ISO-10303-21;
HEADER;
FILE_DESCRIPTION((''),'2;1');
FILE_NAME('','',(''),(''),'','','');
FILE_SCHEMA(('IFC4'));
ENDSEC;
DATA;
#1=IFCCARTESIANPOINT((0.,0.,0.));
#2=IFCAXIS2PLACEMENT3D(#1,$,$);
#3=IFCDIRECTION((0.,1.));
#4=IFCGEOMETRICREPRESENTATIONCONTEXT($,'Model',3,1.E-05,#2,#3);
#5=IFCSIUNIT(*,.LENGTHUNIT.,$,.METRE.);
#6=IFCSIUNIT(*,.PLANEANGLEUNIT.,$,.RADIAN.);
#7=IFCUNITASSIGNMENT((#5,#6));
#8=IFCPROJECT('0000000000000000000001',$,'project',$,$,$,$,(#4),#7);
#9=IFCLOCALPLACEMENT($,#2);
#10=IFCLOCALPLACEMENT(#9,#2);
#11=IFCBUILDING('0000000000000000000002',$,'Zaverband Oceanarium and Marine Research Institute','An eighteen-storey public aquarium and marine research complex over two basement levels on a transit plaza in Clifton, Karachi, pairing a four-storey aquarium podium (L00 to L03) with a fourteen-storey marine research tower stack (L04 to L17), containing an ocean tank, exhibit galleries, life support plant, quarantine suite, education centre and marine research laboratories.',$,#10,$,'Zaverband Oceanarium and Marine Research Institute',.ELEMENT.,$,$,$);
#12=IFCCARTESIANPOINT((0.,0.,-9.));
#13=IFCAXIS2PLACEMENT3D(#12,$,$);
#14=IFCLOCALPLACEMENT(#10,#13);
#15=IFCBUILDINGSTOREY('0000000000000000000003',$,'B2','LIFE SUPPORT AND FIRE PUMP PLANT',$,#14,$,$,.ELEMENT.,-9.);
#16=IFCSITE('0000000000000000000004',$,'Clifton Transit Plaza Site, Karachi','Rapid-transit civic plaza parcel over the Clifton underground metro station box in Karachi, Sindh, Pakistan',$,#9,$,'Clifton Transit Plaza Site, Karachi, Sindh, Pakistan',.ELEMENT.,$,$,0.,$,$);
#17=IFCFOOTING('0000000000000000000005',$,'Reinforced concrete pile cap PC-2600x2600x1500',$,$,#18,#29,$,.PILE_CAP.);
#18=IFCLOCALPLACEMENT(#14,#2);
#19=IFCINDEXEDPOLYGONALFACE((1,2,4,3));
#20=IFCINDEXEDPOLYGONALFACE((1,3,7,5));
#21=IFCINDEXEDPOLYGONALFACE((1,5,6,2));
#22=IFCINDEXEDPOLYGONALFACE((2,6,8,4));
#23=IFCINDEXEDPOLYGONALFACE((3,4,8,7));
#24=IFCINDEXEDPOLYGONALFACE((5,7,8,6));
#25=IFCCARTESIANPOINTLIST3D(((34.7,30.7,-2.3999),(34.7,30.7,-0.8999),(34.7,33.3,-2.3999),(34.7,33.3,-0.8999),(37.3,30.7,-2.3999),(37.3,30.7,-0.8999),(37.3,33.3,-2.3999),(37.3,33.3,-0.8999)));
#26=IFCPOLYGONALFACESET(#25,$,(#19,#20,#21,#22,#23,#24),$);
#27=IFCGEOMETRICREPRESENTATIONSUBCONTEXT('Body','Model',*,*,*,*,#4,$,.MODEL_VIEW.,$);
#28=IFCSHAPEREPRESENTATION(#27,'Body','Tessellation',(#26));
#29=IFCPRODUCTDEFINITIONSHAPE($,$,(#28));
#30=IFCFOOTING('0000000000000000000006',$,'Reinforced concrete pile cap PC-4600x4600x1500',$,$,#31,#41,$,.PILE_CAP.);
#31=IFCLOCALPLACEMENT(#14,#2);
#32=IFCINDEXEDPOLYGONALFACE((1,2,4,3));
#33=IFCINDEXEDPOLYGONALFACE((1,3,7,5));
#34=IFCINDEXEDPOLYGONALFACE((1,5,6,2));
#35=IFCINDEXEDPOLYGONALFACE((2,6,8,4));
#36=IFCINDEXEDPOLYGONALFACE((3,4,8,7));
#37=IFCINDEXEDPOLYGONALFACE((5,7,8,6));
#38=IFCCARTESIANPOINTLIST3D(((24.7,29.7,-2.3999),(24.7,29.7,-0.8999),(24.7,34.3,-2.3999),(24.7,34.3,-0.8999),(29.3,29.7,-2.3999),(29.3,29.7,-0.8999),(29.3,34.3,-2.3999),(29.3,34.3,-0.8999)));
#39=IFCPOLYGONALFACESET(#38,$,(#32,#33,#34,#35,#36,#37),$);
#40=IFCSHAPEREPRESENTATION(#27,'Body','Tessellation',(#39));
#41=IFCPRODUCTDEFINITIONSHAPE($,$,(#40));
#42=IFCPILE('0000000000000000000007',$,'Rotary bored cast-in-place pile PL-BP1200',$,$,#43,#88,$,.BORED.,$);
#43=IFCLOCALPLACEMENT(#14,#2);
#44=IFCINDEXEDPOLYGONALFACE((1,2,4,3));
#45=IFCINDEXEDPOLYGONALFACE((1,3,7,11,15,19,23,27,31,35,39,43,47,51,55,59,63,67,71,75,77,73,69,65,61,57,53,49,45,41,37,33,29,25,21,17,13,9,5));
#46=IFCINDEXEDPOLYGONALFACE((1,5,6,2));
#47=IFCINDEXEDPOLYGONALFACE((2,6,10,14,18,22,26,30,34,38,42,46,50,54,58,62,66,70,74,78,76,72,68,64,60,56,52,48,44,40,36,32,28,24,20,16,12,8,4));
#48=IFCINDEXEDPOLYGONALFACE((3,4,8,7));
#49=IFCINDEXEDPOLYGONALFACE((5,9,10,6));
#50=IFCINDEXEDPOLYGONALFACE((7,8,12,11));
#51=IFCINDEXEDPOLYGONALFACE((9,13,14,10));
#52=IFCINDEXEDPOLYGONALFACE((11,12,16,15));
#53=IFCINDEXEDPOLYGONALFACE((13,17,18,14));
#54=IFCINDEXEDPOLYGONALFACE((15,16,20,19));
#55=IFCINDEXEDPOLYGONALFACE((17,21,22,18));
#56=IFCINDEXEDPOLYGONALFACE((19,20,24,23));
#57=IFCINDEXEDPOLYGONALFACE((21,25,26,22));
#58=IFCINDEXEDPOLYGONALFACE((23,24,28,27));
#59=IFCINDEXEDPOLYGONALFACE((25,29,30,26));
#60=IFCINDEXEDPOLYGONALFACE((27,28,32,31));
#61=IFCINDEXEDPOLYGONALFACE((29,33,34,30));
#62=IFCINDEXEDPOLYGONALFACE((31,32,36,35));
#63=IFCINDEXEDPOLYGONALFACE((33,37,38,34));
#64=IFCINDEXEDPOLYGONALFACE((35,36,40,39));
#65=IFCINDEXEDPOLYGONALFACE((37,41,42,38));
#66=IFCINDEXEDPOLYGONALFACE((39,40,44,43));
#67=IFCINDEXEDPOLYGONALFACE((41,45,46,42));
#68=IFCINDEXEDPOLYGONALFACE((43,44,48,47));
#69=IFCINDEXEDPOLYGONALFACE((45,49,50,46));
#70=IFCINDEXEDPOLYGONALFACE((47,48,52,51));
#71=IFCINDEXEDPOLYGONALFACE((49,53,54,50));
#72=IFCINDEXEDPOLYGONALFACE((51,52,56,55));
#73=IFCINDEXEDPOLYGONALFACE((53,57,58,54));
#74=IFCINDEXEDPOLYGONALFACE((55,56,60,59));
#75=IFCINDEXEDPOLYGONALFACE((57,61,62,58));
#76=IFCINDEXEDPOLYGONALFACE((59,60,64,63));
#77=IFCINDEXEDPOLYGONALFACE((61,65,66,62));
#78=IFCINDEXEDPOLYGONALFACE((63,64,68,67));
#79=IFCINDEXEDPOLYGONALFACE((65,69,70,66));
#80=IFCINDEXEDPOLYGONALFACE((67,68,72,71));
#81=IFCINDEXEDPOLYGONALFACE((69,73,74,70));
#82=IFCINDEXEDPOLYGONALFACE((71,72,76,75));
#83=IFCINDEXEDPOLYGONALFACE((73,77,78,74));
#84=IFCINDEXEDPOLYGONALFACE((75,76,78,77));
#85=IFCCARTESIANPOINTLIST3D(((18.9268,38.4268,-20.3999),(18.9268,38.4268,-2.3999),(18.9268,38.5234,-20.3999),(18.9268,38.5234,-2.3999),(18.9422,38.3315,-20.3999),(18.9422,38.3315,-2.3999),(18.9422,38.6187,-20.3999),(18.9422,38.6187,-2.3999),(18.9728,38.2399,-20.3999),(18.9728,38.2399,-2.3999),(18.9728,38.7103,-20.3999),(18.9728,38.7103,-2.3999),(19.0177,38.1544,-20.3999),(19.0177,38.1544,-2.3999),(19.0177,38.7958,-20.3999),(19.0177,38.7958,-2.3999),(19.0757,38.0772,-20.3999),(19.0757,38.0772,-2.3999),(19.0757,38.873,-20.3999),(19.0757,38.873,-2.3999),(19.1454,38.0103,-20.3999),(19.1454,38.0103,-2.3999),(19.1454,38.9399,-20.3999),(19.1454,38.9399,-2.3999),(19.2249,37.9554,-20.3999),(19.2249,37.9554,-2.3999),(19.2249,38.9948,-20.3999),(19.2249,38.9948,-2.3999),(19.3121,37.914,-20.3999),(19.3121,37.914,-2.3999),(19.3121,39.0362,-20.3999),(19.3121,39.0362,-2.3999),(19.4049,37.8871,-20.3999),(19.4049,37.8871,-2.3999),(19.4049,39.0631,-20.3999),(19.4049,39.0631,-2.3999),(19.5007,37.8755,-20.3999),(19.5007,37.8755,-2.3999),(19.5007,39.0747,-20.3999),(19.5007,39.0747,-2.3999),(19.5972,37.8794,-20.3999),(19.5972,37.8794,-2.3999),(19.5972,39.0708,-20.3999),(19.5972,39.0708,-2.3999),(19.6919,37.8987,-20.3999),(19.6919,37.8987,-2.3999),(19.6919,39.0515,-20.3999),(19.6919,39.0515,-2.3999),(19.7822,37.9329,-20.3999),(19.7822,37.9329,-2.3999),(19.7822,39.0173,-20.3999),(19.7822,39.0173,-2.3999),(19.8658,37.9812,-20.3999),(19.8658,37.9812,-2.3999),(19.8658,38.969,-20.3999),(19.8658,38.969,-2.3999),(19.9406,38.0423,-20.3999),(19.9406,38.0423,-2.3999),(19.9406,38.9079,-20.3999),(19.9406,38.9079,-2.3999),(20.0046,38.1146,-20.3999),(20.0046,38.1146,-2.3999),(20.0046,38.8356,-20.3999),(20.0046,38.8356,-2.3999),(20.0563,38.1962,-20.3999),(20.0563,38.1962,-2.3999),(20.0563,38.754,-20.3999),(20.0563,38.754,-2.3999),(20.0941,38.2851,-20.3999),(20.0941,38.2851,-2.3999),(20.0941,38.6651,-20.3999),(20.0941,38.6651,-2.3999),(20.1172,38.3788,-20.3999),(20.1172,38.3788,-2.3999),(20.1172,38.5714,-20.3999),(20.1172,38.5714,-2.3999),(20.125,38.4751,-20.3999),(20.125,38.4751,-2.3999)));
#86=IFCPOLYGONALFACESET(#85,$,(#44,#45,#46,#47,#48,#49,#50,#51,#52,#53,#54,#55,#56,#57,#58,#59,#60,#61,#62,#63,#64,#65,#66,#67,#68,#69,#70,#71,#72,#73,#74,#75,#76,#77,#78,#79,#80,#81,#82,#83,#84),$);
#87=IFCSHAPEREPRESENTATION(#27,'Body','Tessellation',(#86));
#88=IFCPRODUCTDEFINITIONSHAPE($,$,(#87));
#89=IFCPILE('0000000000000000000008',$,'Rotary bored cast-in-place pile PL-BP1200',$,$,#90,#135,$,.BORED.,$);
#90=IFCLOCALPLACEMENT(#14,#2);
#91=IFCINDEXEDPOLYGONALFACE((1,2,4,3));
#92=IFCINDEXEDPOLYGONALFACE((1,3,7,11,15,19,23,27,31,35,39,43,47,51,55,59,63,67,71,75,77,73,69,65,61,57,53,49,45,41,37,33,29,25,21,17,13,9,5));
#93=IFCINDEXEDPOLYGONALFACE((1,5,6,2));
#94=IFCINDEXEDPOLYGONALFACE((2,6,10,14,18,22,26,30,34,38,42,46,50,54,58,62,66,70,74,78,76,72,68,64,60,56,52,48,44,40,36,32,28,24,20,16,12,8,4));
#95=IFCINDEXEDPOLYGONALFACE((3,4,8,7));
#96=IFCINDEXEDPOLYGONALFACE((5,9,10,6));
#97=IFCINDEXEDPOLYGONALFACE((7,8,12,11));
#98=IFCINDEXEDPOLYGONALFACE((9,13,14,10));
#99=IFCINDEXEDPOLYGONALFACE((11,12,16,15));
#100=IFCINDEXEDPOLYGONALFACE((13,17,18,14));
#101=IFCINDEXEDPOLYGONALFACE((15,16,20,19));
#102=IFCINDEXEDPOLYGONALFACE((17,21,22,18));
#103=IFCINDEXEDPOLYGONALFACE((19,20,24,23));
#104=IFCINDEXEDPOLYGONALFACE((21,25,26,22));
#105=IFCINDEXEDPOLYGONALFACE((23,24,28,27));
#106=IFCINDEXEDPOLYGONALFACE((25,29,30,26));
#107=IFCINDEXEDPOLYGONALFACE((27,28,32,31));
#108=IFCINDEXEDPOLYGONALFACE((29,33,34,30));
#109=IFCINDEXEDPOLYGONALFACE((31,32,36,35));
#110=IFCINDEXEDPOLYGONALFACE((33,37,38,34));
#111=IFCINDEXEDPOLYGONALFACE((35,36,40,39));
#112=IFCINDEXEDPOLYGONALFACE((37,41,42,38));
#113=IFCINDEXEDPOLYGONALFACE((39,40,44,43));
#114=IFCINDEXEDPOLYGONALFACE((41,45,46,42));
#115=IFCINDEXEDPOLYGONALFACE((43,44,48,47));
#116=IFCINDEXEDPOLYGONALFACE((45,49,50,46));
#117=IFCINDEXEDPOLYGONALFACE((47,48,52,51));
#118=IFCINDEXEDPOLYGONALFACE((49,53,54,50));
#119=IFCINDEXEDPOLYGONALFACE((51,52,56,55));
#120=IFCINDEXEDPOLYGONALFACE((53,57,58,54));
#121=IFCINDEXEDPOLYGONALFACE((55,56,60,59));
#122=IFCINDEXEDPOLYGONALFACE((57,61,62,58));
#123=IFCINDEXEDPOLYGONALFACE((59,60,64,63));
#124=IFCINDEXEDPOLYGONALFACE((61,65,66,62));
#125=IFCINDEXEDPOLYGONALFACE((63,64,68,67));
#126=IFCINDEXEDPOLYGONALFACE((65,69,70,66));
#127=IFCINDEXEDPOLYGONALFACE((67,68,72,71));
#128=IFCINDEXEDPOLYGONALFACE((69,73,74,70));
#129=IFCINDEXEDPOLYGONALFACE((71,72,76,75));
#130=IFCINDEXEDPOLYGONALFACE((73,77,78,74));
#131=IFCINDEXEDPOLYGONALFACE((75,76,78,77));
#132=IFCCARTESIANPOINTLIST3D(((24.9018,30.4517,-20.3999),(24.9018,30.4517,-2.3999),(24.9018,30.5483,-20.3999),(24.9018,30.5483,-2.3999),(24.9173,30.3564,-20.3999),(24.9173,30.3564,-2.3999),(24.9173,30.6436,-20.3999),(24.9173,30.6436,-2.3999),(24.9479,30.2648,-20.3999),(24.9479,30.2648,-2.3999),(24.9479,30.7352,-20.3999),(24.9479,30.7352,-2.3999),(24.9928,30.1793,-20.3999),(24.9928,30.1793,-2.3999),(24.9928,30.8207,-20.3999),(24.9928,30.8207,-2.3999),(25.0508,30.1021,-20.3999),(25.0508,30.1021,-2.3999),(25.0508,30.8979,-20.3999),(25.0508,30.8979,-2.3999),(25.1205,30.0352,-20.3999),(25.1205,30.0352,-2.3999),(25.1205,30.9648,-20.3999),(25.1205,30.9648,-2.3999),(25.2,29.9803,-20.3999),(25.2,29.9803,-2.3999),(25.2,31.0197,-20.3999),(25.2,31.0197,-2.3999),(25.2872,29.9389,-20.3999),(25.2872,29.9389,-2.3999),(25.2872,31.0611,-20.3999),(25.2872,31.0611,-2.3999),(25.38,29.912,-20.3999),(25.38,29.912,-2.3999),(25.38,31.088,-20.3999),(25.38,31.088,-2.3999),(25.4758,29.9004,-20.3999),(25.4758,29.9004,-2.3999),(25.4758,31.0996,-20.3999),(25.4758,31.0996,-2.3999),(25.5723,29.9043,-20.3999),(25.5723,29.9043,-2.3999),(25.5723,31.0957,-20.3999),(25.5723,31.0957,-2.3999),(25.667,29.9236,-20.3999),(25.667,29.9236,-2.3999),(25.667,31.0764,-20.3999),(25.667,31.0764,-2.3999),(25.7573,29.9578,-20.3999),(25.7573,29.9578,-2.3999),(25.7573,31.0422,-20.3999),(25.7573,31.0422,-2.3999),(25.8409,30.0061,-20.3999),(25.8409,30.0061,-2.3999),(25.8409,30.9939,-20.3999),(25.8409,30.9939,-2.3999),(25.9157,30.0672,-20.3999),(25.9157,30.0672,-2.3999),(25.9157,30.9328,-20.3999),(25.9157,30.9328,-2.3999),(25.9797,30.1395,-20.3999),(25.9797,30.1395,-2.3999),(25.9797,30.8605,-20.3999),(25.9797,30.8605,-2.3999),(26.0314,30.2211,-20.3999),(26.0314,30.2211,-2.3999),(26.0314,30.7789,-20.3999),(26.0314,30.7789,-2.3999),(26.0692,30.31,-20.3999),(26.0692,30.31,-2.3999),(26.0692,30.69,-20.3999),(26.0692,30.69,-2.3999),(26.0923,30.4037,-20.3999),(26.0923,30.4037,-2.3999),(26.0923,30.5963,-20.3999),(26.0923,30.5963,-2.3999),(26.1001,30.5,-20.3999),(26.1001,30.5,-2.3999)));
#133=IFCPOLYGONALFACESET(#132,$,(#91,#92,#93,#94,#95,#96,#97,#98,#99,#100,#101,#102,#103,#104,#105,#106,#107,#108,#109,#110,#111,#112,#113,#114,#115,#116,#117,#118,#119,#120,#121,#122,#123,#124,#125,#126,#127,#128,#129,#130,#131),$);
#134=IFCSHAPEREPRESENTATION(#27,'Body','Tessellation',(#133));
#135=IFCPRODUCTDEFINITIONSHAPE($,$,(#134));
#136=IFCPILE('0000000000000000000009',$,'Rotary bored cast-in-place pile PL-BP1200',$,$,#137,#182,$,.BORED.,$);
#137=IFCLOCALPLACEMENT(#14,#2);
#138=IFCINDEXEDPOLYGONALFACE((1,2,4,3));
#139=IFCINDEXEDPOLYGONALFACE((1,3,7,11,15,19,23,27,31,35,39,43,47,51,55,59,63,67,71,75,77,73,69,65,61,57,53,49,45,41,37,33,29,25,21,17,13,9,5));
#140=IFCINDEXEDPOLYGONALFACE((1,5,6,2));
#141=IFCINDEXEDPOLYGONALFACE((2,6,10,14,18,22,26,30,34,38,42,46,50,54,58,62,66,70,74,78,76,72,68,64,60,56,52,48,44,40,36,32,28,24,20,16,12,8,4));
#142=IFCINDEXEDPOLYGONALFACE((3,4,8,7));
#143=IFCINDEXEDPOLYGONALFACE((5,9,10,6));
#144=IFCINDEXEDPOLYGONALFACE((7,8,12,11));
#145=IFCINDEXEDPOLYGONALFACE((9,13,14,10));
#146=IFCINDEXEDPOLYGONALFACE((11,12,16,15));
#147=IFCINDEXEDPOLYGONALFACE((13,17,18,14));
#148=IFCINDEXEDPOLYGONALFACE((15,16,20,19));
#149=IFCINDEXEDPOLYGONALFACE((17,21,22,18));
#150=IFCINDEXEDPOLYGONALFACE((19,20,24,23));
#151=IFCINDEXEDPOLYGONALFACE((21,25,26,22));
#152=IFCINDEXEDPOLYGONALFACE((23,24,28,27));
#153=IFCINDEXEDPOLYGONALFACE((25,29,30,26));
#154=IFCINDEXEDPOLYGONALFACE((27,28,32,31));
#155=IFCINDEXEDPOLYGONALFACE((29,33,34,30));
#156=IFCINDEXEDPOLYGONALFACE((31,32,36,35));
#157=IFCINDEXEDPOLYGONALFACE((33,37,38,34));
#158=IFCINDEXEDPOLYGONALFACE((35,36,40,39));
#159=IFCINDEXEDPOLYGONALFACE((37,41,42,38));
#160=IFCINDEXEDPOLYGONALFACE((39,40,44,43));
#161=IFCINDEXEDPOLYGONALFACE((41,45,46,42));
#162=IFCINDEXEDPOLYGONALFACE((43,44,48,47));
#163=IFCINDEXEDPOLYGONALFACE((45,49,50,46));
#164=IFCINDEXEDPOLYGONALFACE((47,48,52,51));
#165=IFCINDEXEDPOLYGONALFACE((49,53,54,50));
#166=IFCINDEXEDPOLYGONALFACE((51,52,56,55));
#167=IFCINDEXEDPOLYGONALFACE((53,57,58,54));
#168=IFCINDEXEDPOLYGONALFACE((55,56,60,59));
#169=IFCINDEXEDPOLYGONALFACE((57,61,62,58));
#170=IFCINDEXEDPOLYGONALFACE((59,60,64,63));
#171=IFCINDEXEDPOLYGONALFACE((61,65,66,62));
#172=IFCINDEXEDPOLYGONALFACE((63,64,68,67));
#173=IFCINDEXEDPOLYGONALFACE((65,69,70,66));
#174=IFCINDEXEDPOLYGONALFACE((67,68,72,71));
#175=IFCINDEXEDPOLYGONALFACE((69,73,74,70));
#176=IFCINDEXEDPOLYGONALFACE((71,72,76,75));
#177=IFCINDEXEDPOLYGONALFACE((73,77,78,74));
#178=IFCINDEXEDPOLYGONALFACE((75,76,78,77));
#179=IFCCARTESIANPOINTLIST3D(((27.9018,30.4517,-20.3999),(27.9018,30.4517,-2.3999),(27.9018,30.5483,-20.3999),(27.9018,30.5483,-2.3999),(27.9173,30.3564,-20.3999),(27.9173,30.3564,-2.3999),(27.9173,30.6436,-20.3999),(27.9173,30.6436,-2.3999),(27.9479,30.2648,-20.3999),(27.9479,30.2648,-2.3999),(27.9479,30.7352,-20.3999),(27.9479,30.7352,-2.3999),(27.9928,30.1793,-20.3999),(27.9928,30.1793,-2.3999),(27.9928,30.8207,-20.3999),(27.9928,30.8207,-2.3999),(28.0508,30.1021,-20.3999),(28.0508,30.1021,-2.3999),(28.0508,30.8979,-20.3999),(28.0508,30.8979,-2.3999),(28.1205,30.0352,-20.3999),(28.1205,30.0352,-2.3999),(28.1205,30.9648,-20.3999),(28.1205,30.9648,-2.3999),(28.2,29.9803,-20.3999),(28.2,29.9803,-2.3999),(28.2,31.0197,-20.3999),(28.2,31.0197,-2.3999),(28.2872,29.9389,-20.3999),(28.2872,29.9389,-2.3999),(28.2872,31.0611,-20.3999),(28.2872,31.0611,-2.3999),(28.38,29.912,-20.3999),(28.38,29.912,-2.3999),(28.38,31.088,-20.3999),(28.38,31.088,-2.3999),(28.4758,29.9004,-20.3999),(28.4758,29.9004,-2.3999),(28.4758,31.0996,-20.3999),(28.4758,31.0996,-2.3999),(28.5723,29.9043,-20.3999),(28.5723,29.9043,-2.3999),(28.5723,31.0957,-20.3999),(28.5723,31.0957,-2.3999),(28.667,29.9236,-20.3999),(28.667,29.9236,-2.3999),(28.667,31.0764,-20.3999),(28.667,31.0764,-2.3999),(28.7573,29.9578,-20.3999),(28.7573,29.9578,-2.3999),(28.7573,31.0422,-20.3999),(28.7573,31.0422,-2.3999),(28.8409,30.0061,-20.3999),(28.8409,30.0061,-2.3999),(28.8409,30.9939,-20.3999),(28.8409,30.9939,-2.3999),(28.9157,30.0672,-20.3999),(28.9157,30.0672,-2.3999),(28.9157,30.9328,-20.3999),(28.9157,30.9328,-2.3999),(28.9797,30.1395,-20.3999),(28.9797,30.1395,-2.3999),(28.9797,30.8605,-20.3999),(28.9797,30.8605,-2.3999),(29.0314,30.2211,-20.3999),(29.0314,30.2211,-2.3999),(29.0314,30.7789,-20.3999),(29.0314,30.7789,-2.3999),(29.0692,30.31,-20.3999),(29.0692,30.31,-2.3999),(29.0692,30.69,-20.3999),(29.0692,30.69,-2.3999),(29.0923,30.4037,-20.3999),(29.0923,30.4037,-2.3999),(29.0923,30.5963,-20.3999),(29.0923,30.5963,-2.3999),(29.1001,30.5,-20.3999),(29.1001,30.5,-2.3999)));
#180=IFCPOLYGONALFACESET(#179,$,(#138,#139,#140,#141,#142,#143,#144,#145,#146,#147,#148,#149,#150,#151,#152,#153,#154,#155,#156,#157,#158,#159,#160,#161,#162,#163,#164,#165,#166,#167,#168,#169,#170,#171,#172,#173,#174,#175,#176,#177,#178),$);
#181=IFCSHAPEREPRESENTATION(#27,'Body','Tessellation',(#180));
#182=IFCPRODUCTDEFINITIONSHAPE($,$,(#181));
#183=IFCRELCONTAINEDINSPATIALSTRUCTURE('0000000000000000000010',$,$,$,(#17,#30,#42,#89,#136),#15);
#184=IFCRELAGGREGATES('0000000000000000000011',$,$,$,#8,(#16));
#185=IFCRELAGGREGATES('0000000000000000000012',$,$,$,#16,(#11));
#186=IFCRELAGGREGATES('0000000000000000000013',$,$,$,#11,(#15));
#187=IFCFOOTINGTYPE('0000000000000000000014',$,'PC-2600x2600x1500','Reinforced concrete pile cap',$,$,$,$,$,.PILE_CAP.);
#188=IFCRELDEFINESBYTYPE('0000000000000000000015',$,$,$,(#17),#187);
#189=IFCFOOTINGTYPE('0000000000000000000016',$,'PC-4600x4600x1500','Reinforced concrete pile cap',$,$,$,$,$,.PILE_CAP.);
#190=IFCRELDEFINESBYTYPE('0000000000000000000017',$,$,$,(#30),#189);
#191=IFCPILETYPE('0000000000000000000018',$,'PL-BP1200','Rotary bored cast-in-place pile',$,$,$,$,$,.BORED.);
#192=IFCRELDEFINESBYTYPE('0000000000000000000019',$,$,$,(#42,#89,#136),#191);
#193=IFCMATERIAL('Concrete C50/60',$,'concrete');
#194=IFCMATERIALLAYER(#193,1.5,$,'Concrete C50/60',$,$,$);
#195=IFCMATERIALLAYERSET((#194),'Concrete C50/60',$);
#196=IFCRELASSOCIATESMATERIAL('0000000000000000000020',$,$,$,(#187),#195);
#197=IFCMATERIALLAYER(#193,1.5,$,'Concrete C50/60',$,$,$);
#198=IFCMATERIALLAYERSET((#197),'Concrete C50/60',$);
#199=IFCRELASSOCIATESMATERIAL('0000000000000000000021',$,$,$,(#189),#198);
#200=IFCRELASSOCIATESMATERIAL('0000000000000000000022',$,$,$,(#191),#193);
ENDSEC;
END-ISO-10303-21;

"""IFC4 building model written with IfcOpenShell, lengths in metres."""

from ifc_helpers import new_model, si_unit, direction, frame, origin, origin_2d, place, context, subcontext, project, spatial, rectangle, circle, extrude, material, layer, layer_set, material_profile, profile_set, type_object, element, save


model = new_model("IFC4")

# Units and contexts
model_context = context("Model", 3, precision=1e-05, world=origin(), true_north=direction((0.0, 1.0)))
body_context = subcontext(model_context, "Body", "Model", "MODEL_VIEW")
ifc_project = project(units=[si_unit("LENGTHUNIT", "METRE"), si_unit("PLANEANGLEUNIT", "RADIAN")], contexts=[model_context])

# Site, building, storey
site_placement = place(None, origin())
site = spatial("IfcSite", under=ifc_project, at=site_placement, Name="Clifton Transit Plaza Site, Karachi", Description="Rapid-transit civic plaza parcel over the Clifton underground metro station box in Karachi, Sindh, Pakistan", LongName="Clifton Transit Plaza Site, Karachi, Sindh, Pakistan", CompositionType="ELEMENT", RefElevation=0.0)
building_placement = place(site_placement, origin())
building = spatial("IfcBuilding", under=site, at=building_placement, Name="Zaverband Oceanarium and Marine Research Institute", Description="An eighteen-storey public aquarium and marine research complex over two basement levels on a transit plaza in Clifton, Karachi, pairing a four-storey aquarium podium (L00 to L03) with a fourteen-storey marine research tower stack (L04 to L17), containing an ocean tank, exhibit galleries, life support plant, quarantine suite, education centre and marine research laboratories.", LongName="Zaverband Oceanarium and Marine Research Institute", CompositionType="ELEMENT")
storey_placement = place(building_placement, frame((0.0, 0.0, -9.0)))
storey = spatial("IfcBuildingStorey", under=building, at=storey_placement, Name="B2", Description="LIFE SUPPORT AND FIRE PUMP PLANT", CompositionType="ELEMENT", Elevation=-9.0)

# Footings
ifc_material_1 = material(Name="Concrete C50/60", Category="concrete")
ifc_layer_1 = layer(ifc_material_1, 1.5, Name="Concrete C50/60")
ifc_layer_set_1 = layer_set([ifc_layer_1], Name="Concrete C50/60")
footing_type_1 = type_object("IfcFootingType", Name="PC-2600x2600x1500", Description="Reinforced concrete pile cap", PredefinedType="PILE_CAP", material=ifc_layer_set_1)
footing_1_placement = place(storey_placement, frame((36.0, 32.0, -2.3999), z_axis=(0.0, 0.0, 1.0), x_axis=(1.0, 0.0, 0.0)))
element("IfcFooting", 1, at=footing_1_placement, inside=storey, type_object=footing_type_1, Name="Reinforced concrete pile cap PC-2600x2600x1500", PredefinedType="PILE_CAP", context=body_context, shape_type="SweptSolid", body=[
    extrude(rectangle(XDim=2.6001, YDim=2.6001, at=origin_2d()), origin(), (0.0, 0.0, 1.0), 1.5),
])
ifc_layer_2 = layer(ifc_material_1, 1.5, Name="Concrete C50/60")
ifc_layer_set_2 = layer_set([ifc_layer_2], Name="Concrete C50/60")
footing_type_2 = type_object("IfcFootingType", Name="PC-4600x4600x1500", Description="Reinforced concrete pile cap", PredefinedType="PILE_CAP", material=ifc_layer_set_2)
footing_2_placement = place(storey_placement, frame((27.0, 32.0, -2.3999), z_axis=(0.0, 0.0, 1.0), x_axis=(1.0, 0.0, 0.0)))
element("IfcFooting", 2, at=footing_2_placement, inside=storey, type_object=footing_type_2, Name="Reinforced concrete pile cap PC-4600x4600x1500", PredefinedType="PILE_CAP", context=body_context, shape_type="SweptSolid", body=[
    extrude(rectangle(XDim=4.6001, YDim=4.6001, at=origin_2d()), origin(), (0.0, 0.0, 1.0), 1.5),
])

# Piles
ifc_material_profile_1 = material_profile(ifc_material_1, circle(Radius=0.6001, at=origin_2d()), Name="BP1200")
ifc_profile_set_1 = profile_set([ifc_material_profile_1], Name="Concrete C50/60")
pile_type = type_object("IfcPileType", Name="PL-BP1200", Description="Rotary bored cast-in-place pile", PredefinedType="BORED", material=ifc_profile_set_1)
for number, where, z_axis, x_axis, name in (
    (3, (19.5249, 38.4751, -2.3999), (0.0, 0.0, -1.0), (1.0, 0.0, 0.0), "Rotary bored cast-in-place pile PL-BP1200"),
    (4, (25.5, 30.5, -2.3999), (0.0, 0.0, -1.0), (1.0, 0.0, 0.0), "Rotary bored cast-in-place pile PL-BP1200"),
    (5, (28.5, 30.5, -2.3999), (0.0, 0.0, -1.0), (1.0, 0.0, 0.0), "Rotary bored cast-in-place pile PL-BP1200"),
):
    element("IfcPile", number, at=place(storey_placement, frame(where, z_axis=z_axis, x_axis=x_axis)), inside=storey, type_object=pile_type, Name=name, PredefinedType="BORED", context=body_context, shape_type="SweptSolid", body=[
        extrude(circle(Radius=0.6001, at=origin_2d()), origin(), (0.0, 0.0, 1.0), 18.0),
    ])

save(model, "model.ifc")
